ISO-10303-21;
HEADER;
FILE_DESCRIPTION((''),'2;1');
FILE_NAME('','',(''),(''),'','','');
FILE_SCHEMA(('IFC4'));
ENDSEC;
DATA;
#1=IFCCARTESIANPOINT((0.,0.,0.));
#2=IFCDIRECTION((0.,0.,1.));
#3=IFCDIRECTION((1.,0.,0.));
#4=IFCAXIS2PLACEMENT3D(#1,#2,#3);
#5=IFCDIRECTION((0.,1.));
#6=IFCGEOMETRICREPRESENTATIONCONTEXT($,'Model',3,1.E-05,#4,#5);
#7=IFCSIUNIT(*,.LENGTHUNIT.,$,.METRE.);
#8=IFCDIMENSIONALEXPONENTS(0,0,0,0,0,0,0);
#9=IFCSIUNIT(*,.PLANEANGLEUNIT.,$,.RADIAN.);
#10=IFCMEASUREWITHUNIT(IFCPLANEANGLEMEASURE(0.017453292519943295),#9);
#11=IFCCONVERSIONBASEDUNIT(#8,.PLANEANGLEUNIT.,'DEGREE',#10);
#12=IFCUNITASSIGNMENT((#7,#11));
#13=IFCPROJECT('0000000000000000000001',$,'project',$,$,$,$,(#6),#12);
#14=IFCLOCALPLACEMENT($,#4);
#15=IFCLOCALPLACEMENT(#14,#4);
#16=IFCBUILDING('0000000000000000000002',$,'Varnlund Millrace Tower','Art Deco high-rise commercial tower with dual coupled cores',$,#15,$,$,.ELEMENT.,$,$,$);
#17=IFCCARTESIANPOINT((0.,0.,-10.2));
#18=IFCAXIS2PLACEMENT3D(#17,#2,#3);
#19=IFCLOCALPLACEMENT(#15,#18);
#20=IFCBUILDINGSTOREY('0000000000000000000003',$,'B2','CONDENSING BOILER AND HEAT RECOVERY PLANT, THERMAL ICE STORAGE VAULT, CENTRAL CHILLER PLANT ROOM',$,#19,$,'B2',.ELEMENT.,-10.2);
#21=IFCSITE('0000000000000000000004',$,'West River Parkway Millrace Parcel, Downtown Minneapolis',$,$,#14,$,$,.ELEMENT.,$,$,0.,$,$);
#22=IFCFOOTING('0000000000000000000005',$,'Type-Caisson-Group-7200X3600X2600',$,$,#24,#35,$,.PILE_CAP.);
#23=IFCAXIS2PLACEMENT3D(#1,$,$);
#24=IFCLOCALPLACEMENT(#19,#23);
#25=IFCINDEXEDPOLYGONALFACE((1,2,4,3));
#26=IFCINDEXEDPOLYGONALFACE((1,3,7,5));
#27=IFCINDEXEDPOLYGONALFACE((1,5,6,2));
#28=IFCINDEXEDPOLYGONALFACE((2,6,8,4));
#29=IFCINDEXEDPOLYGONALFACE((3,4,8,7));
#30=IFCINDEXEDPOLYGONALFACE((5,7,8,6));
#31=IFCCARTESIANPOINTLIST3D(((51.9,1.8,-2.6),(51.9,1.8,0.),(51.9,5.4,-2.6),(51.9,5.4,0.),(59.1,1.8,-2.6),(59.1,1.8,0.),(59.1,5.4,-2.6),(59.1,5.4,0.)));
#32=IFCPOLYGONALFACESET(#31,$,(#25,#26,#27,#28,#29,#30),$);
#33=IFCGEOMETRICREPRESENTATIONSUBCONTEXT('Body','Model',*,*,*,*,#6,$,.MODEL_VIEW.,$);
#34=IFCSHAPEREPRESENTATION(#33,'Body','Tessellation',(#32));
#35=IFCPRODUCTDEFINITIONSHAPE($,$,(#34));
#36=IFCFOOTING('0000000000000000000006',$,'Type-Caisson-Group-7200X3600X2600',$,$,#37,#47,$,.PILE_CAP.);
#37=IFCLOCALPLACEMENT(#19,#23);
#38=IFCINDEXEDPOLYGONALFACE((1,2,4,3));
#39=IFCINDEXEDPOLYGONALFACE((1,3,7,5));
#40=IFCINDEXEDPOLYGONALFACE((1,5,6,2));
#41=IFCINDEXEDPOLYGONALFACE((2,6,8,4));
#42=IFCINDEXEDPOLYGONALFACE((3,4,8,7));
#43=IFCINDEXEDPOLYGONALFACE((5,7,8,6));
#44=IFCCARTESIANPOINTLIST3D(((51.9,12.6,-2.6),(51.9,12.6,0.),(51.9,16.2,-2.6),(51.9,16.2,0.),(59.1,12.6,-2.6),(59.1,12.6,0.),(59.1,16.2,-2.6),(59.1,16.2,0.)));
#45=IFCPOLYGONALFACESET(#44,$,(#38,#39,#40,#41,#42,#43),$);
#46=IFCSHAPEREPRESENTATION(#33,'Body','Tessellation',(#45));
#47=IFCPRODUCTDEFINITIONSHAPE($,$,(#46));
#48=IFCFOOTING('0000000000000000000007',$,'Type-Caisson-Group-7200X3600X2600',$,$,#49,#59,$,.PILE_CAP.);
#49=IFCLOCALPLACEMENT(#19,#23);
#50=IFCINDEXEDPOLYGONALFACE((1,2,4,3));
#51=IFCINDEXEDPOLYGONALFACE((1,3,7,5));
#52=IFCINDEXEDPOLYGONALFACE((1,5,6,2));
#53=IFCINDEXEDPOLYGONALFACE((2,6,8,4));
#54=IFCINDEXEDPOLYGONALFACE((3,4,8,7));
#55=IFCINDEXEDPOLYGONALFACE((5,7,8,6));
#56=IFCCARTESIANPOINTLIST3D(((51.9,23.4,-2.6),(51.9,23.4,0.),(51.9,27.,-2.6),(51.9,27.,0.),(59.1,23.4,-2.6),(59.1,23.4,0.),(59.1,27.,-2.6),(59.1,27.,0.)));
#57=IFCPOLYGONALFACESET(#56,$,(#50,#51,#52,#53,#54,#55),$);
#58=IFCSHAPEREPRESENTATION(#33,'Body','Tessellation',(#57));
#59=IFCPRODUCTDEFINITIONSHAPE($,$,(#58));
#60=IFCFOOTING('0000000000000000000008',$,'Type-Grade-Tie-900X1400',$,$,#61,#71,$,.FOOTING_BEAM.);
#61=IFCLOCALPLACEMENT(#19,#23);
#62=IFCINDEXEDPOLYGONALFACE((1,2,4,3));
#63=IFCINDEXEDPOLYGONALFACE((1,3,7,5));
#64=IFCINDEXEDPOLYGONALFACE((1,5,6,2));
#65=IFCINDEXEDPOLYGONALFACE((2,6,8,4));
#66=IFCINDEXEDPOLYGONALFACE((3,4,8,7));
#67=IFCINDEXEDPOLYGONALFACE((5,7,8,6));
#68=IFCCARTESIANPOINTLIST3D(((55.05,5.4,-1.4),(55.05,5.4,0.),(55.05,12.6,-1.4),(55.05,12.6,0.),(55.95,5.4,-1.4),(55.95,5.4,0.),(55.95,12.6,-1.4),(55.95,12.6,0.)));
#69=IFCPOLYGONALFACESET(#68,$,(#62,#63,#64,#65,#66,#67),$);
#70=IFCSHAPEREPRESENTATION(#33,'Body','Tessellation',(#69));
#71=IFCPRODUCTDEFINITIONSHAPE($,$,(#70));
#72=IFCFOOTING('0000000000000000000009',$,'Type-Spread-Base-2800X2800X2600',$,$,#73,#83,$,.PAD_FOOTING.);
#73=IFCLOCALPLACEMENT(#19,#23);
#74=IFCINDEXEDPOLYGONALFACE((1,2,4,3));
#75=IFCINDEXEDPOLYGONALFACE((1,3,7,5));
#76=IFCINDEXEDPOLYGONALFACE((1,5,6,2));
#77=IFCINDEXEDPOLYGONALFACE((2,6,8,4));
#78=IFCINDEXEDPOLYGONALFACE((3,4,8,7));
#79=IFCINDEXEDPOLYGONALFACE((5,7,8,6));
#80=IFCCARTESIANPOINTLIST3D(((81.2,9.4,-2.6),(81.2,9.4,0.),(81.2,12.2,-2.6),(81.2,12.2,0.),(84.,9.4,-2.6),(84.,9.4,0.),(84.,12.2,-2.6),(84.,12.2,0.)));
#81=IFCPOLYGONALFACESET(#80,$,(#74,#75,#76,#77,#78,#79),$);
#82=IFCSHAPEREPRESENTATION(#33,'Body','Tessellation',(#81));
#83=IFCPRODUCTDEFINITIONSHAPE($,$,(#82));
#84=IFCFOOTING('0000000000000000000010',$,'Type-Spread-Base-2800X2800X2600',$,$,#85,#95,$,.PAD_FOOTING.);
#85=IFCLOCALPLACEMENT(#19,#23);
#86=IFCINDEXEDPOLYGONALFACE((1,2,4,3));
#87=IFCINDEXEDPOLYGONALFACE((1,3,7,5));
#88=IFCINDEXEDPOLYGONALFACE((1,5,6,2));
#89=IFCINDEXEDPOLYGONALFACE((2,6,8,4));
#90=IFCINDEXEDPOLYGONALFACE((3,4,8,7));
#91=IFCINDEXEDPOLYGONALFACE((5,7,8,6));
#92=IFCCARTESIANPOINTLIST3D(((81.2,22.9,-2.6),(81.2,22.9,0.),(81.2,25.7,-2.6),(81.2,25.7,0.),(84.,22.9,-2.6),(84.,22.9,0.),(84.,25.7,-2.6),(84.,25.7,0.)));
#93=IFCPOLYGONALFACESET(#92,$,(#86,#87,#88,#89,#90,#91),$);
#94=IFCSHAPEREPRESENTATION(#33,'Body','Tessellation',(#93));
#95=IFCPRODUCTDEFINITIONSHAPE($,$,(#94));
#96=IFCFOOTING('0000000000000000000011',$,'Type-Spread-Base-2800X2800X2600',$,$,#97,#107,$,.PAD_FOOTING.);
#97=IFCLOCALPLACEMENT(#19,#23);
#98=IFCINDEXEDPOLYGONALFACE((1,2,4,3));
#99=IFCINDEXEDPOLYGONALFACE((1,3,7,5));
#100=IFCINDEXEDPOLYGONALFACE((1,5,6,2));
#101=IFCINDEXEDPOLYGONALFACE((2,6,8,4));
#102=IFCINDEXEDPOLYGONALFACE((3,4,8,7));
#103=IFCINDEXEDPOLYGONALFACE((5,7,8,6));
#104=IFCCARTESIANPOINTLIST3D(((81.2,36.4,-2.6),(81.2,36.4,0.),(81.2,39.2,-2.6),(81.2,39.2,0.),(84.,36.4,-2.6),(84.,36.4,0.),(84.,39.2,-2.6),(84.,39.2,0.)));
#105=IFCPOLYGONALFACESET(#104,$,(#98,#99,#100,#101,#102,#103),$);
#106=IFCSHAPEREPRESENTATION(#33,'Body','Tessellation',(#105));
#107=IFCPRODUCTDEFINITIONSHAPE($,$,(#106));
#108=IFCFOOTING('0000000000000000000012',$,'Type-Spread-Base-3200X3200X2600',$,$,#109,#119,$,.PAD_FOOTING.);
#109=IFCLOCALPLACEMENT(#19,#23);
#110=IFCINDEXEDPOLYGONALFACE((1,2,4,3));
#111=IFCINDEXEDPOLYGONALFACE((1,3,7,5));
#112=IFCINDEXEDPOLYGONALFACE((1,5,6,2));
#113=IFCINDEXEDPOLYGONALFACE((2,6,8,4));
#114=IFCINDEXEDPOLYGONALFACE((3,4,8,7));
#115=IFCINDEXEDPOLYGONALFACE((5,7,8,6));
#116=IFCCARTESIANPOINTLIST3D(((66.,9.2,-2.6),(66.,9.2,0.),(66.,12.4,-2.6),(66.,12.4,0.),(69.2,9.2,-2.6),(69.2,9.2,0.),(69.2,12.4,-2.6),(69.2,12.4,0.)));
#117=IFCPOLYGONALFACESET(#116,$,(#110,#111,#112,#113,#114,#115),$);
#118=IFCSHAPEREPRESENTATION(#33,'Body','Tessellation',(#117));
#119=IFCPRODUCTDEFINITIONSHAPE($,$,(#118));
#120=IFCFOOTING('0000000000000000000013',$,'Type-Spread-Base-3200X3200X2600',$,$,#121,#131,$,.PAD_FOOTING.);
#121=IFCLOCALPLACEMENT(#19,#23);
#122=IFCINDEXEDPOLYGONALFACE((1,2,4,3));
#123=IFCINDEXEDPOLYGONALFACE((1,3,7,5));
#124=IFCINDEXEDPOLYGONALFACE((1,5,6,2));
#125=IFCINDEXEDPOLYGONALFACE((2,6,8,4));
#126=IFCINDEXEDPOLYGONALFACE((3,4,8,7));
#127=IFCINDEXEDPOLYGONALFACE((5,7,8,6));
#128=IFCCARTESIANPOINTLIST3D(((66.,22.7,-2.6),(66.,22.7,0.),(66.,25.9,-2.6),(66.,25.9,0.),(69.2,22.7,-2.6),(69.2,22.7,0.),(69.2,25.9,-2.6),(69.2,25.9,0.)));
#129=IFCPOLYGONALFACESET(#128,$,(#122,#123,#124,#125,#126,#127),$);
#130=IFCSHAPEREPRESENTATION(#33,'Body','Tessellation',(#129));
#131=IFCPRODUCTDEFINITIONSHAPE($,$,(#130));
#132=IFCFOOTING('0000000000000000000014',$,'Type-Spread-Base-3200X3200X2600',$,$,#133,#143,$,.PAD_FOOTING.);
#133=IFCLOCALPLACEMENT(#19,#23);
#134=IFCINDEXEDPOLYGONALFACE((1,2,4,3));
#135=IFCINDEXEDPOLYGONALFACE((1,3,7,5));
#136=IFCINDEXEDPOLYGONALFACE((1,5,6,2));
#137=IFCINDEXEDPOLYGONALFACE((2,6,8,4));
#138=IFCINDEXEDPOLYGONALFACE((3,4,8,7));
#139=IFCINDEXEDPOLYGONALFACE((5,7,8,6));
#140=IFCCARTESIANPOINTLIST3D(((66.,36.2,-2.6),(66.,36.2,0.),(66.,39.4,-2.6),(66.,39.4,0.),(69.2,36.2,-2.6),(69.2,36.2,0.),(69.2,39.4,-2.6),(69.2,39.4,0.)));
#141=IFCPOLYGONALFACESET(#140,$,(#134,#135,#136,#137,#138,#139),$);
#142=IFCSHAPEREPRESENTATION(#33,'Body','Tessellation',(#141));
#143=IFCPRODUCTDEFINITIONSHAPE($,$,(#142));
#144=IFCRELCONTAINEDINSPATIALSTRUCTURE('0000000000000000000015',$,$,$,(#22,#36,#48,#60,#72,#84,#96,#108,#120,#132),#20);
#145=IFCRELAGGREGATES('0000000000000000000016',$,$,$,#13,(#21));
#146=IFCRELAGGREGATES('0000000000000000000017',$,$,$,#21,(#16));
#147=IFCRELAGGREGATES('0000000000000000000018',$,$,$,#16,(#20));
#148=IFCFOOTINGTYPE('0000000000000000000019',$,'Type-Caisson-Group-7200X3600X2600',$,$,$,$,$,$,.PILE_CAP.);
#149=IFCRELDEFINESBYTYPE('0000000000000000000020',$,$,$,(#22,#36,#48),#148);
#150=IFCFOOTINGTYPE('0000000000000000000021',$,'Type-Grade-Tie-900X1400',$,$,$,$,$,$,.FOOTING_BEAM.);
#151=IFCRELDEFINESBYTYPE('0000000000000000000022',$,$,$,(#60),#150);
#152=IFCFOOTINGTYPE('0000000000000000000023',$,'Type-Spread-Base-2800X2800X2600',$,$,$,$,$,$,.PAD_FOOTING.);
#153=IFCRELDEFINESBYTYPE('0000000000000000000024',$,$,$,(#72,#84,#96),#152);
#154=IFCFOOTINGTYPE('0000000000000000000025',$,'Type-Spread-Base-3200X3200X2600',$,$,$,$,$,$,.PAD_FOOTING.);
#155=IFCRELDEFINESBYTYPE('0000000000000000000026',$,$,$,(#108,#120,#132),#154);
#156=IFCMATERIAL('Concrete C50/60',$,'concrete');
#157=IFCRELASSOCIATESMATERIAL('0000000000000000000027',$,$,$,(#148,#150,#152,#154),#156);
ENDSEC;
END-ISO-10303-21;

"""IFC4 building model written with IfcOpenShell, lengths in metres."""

from ifc_helpers import new_model, entity, si_unit, converted_unit, direction, frame, origin_with_axes, origin_2d_with_axis, place, context, subcontext, project, spatial, rectangle, extrude, material, type_object, element, save


model = new_model("IFC4")

# Units and contexts
model_context = context("Model", 3, precision=1e-05, world=origin_with_axes(), true_north=direction((0.0, 1.0)))
body_context = subcontext(model_context, "Body", "Model", "MODEL_VIEW")
ifc_project = project(units=[si_unit("LENGTHUNIT", "METRE"), converted_unit("PLANEANGLEUNIT", "DEGREE", entity("IfcPlaneAngleMeasure", 0.017453292519943295), si_unit("PLANEANGLEUNIT", "RADIAN"), dimensions=[0, 0, 0, 0, 0, 0, 0])], contexts=[model_context])

# Site, building, storey
site_placement = place(None, origin_with_axes())
site = spatial("IfcSite", under=ifc_project, at=site_placement, Name="West River Parkway Millrace Parcel, Downtown Minneapolis", CompositionType="ELEMENT", RefElevation=0.0)
building_placement = place(site_placement, origin_with_axes())
building = spatial("IfcBuilding", under=site, at=building_placement, Name="Varnlund Millrace Tower", Description="Art Deco high-rise commercial tower with dual coupled cores", CompositionType="ELEMENT")
storey_placement = place(building_placement, frame((0.0, 0.0, -10.2), z_axis=(0.0, 0.0, 1.0), x_axis=(1.0, 0.0, 0.0)))
storey = spatial("IfcBuildingStorey", under=building, at=storey_placement, Name="B2", Description="CONDENSING BOILER AND HEAT RECOVERY PLANT, THERMAL ICE STORAGE VAULT, CENTRAL CHILLER PLANT ROOM", LongName="B2", CompositionType="ELEMENT", Elevation=-10.2)

# Shared definitions
ifc_material = material(Name="Concrete C50/60", Category="concrete")

# Footings
footing_type_1 = type_object("IfcFootingType", Name="Type-Caisson-Group-7200X3600X2600", PredefinedType="PILE_CAP", material=ifc_material)
for number, where, z_axis, x_axis, name in (
    (1, (55.5, 3.6, -2.6), (0.0, 0.0, 1.0), (1.0, 0.0, 0.0), "Type-Caisson-Group-7200X3600X2600"),
    (2, (55.5, 14.4, -2.6), (0.0, 0.0, 1.0), (1.0, 0.0, 0.0), "Type-Caisson-Group-7200X3600X2600"),
    (3, (55.5, 25.2, -2.6), (0.0, 0.0, 1.0), (1.0, 0.0, 0.0), "Type-Caisson-Group-7200X3600X2600"),
):
    element("IfcFooting", number, at=place(storey_placement, frame(where, z_axis=z_axis, x_axis=x_axis)), inside=storey, type_object=footing_type_1, Name=name, PredefinedType="PILE_CAP", context=body_context, shape_type="SweptSolid", body=[
        extrude(rectangle(XDim=7.2, YDim=3.6, at=origin_2d_with_axis()), origin_with_axes(), (0.0, 0.0, 1.0), 2.6),
    ])
footing_type_2 = type_object("IfcFootingType", Name="Type-Grade-Tie-900X1400", PredefinedType="FOOTING_BEAM", material=ifc_material)
footing_1_placement = place(storey_placement, frame((55.5, 9.0, -1.4), z_axis=(0.0, 0.0, 1.0), x_axis=(0.0, 1.0, 0.0)))
element("IfcFooting", 4, at=footing_1_placement, inside=storey, type_object=footing_type_2, Name="Type-Grade-Tie-900X1400", PredefinedType="FOOTING_BEAM", context=body_context, shape_type="SweptSolid", body=[
    extrude(rectangle(XDim=7.2, YDim=0.9, at=origin_2d_with_axis()), origin_with_axes(), (0.0, 0.0, 1.0), 1.4),
])
footing_type_3 = type_object("IfcFootingType", Name="Type-Spread-Base-2800X2800X2600", PredefinedType="PAD_FOOTING", material=ifc_material)
for number, where, z_axis, x_axis, name in (
    (5, (82.6, 10.8, -2.6), (0.0, 0.0, 1.0), (1.0, 0.0, 0.0), "Type-Spread-Base-2800X2800X2600"),
    (6, (82.6, 24.3, -2.6), (0.0, 0.0, 1.0), (1.0, 0.0, 0.0), "Type-Spread-Base-2800X2800X2600"),
    (7, (82.6, 37.8, -2.6), (0.0, 0.0, 1.0), (1.0, 0.0, 0.0), "Type-Spread-Base-2800X2800X2600"),
):
    element("IfcFooting", number, at=place(storey_placement, frame(where, z_axis=z_axis, x_axis=x_axis)), inside=storey, type_object=footing_type_3, Name=name, PredefinedType="PAD_FOOTING", context=body_context, shape_type="SweptSolid", body=[
        extrude(rectangle(XDim=2.8, YDim=2.8, at=origin_2d_with_axis()), origin_with_axes(), (0.0, 0.0, 1.0), 2.6),
    ])
footing_type_4 = type_object("IfcFootingType", Name="Type-Spread-Base-3200X3200X2600", PredefinedType="PAD_FOOTING", material=ifc_material)
for number, where, z_axis, x_axis, name in (
    (8, (67.6, 10.8, -2.6), (0.0, 0.0, 1.0), (1.0, 0.0, 0.0), "Type-Spread-Base-3200X3200X2600"),
    (9, (67.6, 24.3, -2.6), (0.0, 0.0, 1.0), (1.0, 0.0, 0.0), "Type-Spread-Base-3200X3200X2600"),
    (10, (67.6, 37.8, -2.6), (0.0, 0.0, 1.0), (1.0, 0.0, 0.0), "Type-Spread-Base-3200X3200X2600"),
):
    element("IfcFooting", number, at=place(storey_placement, frame(where, z_axis=z_axis, x_axis=x_axis)), inside=storey, type_object=footing_type_4, Name=name, PredefinedType="PAD_FOOTING", context=body_context, shape_type="SweptSolid", body=[
        extrude(rectangle(XDim=3.2, YDim=3.2, at=origin_2d_with_axis()), origin_with_axes(), (0.0, 0.0, 1.0), 2.6),
    ])

save(model, "model.ifc")
